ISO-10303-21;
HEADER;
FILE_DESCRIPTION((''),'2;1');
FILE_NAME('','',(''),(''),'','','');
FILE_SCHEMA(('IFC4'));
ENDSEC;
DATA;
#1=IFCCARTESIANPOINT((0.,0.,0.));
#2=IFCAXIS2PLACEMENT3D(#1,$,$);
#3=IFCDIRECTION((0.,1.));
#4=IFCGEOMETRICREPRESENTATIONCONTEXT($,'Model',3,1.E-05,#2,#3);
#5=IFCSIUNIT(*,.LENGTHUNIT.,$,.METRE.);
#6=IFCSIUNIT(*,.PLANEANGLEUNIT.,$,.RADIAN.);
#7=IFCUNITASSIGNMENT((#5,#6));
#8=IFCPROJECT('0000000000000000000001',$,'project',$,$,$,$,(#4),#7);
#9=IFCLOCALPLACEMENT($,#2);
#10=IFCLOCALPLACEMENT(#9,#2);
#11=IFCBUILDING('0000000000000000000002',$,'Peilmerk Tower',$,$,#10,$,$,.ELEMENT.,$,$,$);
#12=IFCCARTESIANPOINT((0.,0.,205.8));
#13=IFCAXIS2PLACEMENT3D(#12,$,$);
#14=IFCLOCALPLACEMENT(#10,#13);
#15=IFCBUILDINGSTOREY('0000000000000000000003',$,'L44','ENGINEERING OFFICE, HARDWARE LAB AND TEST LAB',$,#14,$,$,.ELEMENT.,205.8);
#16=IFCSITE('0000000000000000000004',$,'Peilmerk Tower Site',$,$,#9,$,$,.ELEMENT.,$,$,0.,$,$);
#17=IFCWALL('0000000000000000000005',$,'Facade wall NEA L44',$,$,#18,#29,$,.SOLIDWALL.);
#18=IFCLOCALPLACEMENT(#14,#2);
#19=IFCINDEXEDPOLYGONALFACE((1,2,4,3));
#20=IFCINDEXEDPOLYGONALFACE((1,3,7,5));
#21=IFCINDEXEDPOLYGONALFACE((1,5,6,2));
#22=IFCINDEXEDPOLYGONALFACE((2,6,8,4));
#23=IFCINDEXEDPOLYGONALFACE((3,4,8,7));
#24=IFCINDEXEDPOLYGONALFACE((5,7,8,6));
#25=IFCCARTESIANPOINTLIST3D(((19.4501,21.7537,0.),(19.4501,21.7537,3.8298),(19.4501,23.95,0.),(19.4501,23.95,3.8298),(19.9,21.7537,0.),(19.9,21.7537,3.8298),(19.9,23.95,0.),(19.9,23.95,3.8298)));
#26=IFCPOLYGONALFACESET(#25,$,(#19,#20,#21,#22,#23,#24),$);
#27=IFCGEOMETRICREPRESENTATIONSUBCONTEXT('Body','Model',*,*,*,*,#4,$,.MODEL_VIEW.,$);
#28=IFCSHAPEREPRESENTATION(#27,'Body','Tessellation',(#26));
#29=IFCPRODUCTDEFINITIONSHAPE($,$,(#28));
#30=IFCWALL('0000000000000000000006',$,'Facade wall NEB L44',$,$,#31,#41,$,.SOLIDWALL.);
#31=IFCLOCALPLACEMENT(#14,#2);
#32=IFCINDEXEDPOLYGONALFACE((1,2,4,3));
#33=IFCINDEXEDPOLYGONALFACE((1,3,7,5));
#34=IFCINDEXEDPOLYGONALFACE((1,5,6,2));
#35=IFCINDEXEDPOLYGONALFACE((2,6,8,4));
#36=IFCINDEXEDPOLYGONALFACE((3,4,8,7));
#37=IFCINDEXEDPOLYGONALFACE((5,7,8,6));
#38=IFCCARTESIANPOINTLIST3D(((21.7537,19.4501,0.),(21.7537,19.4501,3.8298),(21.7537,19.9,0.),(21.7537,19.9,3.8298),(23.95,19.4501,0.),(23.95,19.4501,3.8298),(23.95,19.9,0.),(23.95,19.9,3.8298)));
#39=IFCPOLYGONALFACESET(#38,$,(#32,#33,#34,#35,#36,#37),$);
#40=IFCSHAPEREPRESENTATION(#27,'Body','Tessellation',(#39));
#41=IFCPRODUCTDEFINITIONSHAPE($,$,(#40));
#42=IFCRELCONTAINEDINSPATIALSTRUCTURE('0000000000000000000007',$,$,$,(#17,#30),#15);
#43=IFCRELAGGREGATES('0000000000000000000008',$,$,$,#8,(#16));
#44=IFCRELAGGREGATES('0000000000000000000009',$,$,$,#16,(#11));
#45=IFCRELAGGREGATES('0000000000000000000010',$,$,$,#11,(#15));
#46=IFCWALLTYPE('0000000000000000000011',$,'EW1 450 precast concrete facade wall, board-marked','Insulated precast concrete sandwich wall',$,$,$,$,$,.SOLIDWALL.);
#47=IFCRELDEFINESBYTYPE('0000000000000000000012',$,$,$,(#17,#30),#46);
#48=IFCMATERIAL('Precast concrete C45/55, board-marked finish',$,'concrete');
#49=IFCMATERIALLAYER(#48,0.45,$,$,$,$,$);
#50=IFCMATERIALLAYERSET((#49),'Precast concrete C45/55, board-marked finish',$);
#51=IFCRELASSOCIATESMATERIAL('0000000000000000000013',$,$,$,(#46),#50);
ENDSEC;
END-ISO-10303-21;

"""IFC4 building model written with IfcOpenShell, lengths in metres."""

from ifc_helpers import new_model, si_unit, direction, frame, frame_2d, origin, place, context, subcontext, project, spatial, rectangle, extrude, material, layer, layer_set, type_object, element, save


model = new_model("IFC4")

# Units and contexts
model_context = context("Model", 3, precision=1e-05, world=origin(), true_north=direction((0.0, 1.0)))
body_context = subcontext(model_context, "Body", "Model", "MODEL_VIEW")
ifc_project = project(units=[si_unit("LENGTHUNIT", "METRE"), si_unit("PLANEANGLEUNIT", "RADIAN")], contexts=[model_context])

# Site, building, storey
site_placement = place(None, origin())
site = spatial("IfcSite", under=ifc_project, at=site_placement, Name="Peilmerk Tower Site", CompositionType="ELEMENT", RefElevation=0.0)
building_placement = place(site_placement, origin())
building = spatial("IfcBuilding", under=site, at=building_placement, Name="Peilmerk Tower", CompositionType="ELEMENT")
storey_placement = place(building_placement, frame((0.0, 0.0, 205.8)))
storey = spatial("IfcBuildingStorey", under=building, at=storey_placement, Name="L44", Description="ENGINEERING OFFICE, HARDWARE LAB AND TEST LAB", CompositionType="ELEMENT", Elevation=205.8)

# Shared definitions
ifc_material_1 = material(Name="Precast concrete C45/55, board-marked finish", Category="concrete")
ifc_layer_1 = layer(ifc_material_1, 0.45)
ifc_layer_set_1 = layer_set([ifc_layer_1], Name="Precast concrete C45/55, board-marked finish")
wall_type = type_object("IfcWallType", Name="EW1 450 precast concrete facade wall, board-marked", Description="Insulated precast concrete sandwich wall", PredefinedType="SOLIDWALL", material=ifc_layer_set_1)

# Walls
for number, where, z_axis, x_axis, name in (
    (1, (19.675, 21.7537, 0.0), (0.0, 0.0, 1.0), (0.0, 1.0, 0.0), "Facade wall NEA L44"),
    (2, (21.7537, 19.675, 0.0), (0.0, 0.0, 1.0), (1.0, 0.0, 0.0), "Facade wall NEB L44"),
):
    element("IfcWall", number, at=place(storey_placement, frame(where, z_axis=z_axis, x_axis=x_axis)), inside=storey, type_object=wall_type, Name=name, PredefinedType="SOLIDWALL", context=body_context, shape_type="SweptSolid", body=[
        extrude(rectangle(XDim=2.1963, YDim=0.45, at=frame_2d((1.0981, 0.0))), origin(), (0.0, 0.0, 1.0), 3.8298),
    ])

save(model, "model.ifc")
